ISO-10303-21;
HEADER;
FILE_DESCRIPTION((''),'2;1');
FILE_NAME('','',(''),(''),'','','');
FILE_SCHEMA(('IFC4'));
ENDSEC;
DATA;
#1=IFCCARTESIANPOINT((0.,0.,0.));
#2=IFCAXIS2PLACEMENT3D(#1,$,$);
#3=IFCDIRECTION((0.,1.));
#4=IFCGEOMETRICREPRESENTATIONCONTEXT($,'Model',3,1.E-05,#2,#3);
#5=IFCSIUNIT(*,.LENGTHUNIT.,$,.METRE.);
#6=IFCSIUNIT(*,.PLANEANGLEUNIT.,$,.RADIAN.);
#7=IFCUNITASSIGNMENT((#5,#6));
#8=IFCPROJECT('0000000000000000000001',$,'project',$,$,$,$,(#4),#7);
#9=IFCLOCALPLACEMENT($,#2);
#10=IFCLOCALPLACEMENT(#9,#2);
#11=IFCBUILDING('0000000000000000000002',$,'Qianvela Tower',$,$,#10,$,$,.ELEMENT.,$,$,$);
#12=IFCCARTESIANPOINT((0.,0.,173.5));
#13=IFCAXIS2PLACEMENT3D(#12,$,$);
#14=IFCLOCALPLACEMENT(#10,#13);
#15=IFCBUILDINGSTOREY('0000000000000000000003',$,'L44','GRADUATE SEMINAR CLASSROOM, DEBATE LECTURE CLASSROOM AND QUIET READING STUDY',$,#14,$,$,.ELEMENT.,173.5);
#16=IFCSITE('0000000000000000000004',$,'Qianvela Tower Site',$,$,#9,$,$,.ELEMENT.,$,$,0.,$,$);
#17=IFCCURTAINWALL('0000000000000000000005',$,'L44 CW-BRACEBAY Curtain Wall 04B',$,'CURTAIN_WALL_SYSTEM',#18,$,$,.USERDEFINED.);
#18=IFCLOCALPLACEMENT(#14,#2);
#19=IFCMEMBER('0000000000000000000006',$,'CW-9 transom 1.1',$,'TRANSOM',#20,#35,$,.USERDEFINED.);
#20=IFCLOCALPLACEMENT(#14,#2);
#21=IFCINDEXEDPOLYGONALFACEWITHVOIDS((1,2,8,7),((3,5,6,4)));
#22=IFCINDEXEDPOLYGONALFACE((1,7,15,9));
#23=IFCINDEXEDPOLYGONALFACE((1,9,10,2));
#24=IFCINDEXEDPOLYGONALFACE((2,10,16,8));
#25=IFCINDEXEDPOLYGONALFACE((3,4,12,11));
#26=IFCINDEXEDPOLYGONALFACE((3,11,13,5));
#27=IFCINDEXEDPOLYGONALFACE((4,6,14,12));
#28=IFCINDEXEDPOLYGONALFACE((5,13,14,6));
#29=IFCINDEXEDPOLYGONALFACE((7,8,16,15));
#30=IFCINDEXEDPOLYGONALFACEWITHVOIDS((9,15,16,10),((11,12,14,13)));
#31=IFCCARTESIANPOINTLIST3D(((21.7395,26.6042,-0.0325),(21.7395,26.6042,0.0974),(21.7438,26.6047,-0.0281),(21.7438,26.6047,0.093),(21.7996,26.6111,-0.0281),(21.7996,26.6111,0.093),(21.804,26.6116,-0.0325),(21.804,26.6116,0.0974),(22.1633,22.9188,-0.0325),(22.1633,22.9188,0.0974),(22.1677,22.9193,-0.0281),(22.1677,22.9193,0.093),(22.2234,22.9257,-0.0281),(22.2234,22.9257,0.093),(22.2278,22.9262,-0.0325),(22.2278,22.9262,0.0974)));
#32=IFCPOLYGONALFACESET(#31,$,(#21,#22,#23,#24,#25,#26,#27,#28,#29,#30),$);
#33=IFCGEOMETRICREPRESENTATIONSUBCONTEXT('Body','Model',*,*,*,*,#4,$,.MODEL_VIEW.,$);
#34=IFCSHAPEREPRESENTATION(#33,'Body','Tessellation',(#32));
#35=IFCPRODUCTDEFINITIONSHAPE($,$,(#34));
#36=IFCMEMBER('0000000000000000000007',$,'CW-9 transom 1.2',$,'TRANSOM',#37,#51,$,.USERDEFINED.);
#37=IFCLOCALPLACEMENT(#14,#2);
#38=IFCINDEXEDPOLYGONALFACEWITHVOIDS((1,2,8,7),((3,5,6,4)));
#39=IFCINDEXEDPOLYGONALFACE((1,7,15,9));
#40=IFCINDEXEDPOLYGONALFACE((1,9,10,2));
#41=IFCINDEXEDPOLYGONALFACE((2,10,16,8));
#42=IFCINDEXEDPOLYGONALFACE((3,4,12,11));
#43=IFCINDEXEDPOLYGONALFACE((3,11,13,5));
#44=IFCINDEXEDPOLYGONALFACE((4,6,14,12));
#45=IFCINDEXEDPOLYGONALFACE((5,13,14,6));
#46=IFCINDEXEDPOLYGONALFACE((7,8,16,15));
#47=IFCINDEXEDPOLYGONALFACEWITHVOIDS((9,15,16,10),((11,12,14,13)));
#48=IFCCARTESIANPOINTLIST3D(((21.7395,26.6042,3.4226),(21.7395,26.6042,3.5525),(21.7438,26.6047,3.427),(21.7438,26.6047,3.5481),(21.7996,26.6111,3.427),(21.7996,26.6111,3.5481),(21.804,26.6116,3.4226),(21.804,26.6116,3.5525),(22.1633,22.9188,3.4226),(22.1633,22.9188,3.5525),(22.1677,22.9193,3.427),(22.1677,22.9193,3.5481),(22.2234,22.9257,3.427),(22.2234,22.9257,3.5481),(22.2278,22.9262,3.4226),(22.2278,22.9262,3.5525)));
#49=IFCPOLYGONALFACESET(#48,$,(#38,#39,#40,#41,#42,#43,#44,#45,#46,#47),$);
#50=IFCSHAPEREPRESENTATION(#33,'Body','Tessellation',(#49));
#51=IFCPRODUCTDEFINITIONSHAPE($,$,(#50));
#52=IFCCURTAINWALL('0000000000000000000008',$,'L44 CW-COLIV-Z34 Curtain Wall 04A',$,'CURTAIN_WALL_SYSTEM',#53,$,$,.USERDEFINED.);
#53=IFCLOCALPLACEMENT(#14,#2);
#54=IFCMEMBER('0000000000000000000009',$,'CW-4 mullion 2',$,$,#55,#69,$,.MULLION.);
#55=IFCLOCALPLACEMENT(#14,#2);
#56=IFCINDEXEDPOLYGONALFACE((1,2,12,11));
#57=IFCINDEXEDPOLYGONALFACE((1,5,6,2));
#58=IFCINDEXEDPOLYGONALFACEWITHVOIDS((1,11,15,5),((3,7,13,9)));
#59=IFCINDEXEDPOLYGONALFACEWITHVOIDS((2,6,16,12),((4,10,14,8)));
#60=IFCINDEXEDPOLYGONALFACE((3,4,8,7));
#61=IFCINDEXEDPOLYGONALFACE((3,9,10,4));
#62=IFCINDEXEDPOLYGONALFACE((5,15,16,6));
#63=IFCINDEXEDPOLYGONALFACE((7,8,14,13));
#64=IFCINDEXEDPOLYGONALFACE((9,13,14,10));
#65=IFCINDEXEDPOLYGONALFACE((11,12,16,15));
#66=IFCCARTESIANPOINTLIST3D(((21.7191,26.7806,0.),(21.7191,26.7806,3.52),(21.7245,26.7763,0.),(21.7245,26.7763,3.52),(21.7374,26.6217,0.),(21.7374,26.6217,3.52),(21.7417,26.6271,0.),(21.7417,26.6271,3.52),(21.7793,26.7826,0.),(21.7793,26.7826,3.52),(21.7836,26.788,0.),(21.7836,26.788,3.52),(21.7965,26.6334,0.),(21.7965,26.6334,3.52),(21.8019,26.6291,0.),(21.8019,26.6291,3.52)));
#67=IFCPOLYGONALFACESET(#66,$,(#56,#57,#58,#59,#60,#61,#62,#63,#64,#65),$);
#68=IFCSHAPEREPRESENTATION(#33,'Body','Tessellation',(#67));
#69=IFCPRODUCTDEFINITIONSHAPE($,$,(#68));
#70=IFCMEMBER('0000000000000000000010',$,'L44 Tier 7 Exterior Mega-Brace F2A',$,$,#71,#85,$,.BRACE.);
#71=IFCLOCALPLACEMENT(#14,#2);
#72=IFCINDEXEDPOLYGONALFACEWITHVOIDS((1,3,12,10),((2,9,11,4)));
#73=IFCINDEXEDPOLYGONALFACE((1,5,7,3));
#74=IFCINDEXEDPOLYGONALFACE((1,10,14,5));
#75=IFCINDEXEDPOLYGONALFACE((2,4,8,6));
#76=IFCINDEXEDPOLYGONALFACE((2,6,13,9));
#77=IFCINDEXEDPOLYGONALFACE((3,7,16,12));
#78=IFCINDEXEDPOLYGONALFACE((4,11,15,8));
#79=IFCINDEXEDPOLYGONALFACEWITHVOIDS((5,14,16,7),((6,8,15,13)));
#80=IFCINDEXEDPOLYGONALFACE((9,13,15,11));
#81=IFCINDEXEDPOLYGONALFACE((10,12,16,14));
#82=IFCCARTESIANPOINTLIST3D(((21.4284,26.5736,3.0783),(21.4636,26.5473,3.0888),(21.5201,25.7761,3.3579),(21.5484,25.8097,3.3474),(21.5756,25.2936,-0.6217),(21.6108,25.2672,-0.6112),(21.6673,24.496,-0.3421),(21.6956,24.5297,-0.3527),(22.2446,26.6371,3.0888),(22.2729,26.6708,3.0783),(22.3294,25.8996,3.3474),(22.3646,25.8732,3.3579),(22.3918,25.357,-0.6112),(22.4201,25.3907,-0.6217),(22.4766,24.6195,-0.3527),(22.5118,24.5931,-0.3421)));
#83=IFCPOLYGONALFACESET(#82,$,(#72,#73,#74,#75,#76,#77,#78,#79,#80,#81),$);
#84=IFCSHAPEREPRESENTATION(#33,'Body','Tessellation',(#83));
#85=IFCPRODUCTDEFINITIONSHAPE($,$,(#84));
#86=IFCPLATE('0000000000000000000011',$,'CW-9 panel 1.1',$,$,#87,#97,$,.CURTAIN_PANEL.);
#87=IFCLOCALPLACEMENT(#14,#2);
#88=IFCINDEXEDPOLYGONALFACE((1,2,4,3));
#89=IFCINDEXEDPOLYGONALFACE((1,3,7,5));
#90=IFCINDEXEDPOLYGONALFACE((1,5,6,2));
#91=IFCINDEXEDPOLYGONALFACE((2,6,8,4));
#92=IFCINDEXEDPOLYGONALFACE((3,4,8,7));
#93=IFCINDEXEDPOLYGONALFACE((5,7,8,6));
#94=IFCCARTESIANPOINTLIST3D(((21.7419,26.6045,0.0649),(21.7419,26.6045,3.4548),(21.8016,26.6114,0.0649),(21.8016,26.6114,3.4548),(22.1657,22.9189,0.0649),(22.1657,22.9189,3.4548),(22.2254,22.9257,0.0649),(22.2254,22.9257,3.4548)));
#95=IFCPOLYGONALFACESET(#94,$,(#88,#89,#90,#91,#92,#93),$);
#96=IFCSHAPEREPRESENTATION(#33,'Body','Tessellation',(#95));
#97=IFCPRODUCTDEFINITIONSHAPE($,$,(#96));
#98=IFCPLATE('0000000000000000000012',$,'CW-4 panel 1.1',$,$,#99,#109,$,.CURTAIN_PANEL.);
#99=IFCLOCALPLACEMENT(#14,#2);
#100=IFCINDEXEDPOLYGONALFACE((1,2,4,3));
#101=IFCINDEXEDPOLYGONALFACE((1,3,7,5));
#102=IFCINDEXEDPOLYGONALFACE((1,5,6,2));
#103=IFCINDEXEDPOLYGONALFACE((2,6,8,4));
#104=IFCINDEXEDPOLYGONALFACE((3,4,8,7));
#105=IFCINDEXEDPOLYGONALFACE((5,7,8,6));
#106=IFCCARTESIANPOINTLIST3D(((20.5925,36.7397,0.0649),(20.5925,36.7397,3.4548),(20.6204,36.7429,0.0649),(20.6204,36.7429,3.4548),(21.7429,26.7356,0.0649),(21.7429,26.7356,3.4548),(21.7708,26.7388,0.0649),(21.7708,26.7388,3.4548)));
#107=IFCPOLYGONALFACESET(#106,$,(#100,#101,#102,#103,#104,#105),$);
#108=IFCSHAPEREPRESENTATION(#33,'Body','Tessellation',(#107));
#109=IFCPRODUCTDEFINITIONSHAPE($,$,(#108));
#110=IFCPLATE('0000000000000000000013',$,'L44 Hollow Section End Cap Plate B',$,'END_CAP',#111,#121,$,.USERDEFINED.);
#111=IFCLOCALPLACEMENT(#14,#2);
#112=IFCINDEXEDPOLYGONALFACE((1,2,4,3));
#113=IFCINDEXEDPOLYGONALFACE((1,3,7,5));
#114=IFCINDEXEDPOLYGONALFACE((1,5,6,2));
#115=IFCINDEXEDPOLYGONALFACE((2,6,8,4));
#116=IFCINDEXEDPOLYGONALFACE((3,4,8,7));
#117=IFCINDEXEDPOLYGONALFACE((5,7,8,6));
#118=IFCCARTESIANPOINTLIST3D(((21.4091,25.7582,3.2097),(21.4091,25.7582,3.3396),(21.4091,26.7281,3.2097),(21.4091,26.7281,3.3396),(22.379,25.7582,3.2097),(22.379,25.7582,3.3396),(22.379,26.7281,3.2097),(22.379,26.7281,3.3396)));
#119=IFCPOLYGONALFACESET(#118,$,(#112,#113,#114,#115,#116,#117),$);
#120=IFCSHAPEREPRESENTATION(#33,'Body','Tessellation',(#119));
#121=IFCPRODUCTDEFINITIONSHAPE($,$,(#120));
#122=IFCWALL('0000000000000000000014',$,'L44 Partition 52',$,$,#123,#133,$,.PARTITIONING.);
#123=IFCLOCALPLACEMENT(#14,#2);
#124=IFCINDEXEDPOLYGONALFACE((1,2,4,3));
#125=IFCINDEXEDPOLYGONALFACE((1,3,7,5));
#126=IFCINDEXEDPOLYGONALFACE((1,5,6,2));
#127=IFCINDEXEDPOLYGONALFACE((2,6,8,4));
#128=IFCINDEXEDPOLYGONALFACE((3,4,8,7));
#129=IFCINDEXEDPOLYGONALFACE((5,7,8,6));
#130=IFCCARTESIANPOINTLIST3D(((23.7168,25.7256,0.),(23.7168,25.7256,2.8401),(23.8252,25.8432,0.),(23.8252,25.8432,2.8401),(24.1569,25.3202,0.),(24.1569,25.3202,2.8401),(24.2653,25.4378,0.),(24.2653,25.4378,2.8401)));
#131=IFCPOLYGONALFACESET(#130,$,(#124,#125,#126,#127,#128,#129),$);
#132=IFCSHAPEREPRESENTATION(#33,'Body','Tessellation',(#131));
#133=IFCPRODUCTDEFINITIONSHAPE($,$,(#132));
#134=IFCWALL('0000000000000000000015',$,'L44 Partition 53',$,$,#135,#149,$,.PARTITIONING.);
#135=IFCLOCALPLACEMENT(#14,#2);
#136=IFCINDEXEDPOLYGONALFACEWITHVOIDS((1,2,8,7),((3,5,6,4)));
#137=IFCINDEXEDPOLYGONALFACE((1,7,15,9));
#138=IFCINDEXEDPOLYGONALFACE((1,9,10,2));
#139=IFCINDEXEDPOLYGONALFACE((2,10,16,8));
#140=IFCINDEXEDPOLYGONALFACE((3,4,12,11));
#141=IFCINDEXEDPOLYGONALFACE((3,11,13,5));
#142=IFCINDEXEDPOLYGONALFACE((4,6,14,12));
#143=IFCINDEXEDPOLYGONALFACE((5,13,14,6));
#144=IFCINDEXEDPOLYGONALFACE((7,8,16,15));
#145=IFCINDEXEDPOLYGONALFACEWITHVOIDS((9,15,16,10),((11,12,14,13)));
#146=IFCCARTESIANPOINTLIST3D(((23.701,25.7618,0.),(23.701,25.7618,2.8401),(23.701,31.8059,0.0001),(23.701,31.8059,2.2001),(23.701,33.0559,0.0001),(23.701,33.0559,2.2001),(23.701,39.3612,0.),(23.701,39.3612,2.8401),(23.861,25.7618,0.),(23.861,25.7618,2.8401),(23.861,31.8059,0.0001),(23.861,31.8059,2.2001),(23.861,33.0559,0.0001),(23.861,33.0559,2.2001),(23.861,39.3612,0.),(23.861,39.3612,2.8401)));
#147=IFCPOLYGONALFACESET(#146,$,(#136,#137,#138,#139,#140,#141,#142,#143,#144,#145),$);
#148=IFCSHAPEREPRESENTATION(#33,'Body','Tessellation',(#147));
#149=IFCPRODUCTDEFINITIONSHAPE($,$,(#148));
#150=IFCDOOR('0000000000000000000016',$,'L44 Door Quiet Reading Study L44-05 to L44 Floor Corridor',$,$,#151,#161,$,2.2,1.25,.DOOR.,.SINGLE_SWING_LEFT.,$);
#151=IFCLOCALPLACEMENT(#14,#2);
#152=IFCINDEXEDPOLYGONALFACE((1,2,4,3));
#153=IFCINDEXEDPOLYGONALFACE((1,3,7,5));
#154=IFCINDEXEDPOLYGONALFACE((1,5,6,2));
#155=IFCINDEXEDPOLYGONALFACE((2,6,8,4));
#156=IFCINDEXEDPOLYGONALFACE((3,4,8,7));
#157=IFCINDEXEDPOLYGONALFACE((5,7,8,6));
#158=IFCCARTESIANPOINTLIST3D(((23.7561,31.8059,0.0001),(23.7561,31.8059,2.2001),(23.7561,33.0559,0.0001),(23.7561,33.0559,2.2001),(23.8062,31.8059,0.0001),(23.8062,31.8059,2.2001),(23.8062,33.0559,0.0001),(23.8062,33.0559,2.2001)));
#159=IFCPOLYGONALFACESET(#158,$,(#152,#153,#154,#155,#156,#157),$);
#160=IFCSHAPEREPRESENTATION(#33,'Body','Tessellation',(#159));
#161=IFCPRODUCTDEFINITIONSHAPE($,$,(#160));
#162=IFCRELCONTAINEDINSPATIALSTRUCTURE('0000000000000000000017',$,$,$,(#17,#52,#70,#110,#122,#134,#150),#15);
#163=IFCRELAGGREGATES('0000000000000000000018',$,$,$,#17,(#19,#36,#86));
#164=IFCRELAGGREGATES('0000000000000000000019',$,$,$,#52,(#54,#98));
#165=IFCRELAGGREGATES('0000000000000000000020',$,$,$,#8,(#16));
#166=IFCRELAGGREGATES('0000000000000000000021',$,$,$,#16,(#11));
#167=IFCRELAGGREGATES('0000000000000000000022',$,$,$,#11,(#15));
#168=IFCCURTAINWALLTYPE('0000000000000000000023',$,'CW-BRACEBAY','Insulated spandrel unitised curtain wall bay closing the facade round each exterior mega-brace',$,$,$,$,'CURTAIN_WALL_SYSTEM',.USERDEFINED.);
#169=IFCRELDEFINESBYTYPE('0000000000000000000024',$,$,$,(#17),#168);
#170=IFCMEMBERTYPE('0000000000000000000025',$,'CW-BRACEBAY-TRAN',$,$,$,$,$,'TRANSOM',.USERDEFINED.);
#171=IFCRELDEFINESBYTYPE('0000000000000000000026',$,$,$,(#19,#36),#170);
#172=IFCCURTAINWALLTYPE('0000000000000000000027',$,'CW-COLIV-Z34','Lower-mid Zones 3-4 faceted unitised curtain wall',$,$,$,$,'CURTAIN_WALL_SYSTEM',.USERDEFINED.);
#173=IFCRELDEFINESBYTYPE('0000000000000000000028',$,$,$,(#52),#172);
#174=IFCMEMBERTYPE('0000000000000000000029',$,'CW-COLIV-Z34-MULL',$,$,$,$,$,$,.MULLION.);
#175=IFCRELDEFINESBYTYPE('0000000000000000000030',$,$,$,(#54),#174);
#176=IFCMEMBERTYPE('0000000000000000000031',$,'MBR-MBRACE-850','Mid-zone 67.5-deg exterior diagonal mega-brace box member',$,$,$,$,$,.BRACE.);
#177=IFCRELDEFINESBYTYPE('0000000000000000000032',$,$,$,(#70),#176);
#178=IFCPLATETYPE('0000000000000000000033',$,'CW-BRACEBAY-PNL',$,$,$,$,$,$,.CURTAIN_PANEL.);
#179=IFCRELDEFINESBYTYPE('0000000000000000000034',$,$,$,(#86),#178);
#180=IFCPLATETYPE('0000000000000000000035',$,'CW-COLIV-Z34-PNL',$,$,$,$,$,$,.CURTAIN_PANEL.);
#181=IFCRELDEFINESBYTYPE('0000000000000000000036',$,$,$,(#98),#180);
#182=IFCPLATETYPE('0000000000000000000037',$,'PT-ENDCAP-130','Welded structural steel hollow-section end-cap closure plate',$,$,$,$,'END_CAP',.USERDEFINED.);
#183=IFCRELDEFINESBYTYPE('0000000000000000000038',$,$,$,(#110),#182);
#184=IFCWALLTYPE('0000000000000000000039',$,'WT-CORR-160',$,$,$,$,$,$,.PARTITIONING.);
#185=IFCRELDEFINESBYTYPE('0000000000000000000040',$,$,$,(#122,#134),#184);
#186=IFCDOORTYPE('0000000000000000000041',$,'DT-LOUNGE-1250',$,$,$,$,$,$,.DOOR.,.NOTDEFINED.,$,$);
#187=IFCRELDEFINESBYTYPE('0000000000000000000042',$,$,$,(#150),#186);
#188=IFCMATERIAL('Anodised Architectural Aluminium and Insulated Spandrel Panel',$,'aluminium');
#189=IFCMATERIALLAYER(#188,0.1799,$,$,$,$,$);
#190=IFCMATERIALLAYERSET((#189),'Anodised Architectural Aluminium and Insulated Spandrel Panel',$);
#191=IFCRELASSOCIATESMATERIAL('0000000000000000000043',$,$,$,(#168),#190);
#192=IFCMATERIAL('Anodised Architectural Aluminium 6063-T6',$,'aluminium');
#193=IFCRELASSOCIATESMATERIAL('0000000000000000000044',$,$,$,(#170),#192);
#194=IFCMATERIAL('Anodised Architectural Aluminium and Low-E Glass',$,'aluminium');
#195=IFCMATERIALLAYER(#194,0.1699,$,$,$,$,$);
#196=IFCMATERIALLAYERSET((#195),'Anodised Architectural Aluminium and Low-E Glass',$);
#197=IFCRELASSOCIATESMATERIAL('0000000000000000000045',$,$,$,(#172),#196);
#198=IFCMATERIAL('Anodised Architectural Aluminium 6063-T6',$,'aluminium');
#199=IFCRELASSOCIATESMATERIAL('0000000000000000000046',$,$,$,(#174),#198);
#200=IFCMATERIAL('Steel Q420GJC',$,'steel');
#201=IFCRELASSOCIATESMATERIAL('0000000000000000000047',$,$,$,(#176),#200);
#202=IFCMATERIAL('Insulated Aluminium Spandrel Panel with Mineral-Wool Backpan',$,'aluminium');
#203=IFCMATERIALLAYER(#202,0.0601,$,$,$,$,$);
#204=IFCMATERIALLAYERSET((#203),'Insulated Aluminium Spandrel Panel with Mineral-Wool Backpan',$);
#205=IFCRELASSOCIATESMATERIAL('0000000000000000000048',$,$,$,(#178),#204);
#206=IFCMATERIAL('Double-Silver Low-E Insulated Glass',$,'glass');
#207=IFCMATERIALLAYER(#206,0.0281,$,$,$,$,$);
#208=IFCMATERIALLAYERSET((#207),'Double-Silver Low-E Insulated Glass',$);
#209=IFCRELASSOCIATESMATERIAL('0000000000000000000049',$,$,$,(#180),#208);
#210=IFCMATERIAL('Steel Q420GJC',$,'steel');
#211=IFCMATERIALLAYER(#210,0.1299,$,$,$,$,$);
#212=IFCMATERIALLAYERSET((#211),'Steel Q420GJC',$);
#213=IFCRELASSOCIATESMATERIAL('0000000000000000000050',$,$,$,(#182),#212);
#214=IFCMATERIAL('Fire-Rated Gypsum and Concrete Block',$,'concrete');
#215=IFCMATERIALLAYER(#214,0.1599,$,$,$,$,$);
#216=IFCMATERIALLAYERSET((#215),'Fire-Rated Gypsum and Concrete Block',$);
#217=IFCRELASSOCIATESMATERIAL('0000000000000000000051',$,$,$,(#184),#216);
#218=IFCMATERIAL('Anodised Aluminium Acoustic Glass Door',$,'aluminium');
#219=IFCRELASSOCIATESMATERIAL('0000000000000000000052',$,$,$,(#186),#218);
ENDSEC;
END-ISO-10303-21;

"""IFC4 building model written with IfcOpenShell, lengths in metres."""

from ifc_helpers import new_model, si_unit, direction, frame, frame_2d, origin, origin_2d, place, context, subcontext, project, spatial, rectangle, hollow_rectangle, extrude, material, layer, layer_set, material_profile, profile_set, type_object, element, fill, aggregate, save


model = new_model("IFC4")

# Units and contexts
model_context = context("Model", 3, precision=1e-05, world=origin(), true_north=direction((0.0, 1.0)))
body_context = subcontext(model_context, "Body", "Model", "MODEL_VIEW")
ifc_project = project(units=[si_unit("LENGTHUNIT", "METRE"), si_unit("PLANEANGLEUNIT", "RADIAN")], contexts=[model_context])

# Site, building, storey
site_placement = place(None, origin())
site = spatial("IfcSite", under=ifc_project, at=site_placement, Name="Qianvela Tower Site", CompositionType="ELEMENT", RefElevation=0.0)
building_placement = place(site_placement, origin())
building = spatial("IfcBuilding", under=site, at=building_placement, Name="Qianvela Tower", CompositionType="ELEMENT")
storey_placement = place(building_placement, frame((0.0, 0.0, 173.5)))
storey = spatial("IfcBuildingStorey", under=building, at=storey_placement, Name="L44", Description="GRADUATE SEMINAR CLASSROOM, DEBATE LECTURE CLASSROOM AND QUIET READING STUDY", CompositionType="ELEMENT", Elevation=173.5)

# Curtain wall, members
ifc_material_1 = material(Name="Anodised Architectural Aluminium and Insulated Spandrel Panel", Category="aluminium")
ifc_layer_1 = layer(ifc_material_1, 0.1799)
ifc_layer_set_1 = layer_set([ifc_layer_1], Name="Anodised Architectural Aluminium and Insulated Spandrel Panel")
curtain_wall_type_1 = type_object("IfcCurtainWallType", Name="CW-BRACEBAY", Description="Insulated spandrel unitised curtain wall bay closing the facade round each exterior mega-brace", ElementType="CURTAIN_WALL_SYSTEM", PredefinedType="USERDEFINED", material=ifc_layer_set_1)
curtain_wall_1_placement = place(storey_placement, origin())
curtain_wall_1 = element("IfcCurtainWall", 1, at=curtain_wall_1_placement, inside=storey, type_object=curtain_wall_type_1, Name="L44 CW-BRACEBAY Curtain Wall 04B", ObjectType="CURTAIN_WALL_SYSTEM", PredefinedType="USERDEFINED")
ifc_material_2 = material(Name="Anodised Architectural Aluminium 6063-T6", Category="aluminium")
ifc_material_profile_1 = material_profile(ifc_material_2, hollow_rectangle(XDim=0.0649, YDim=0.1299, WallThickness=0.0044, at=origin_2d()), Name="ALU-TRAN-65x130")
ifc_profile_set_1 = profile_set([ifc_material_profile_1], Name="Anodised Architectural Aluminium 6063-T6")
member_type_1 = type_object("IfcMemberType", Name="CW-BRACEBAY-TRAN", ElementType="TRANSOM", PredefinedType="USERDEFINED", material=ifc_profile_set_1)
member_1_placement = place(storey_placement, frame((21.7717, 26.6079, 0.0325), z_axis=(0.114244, -0.993453, 0.0), x_axis=(0.993453, 0.114244, 0.0)))
member_1 = element("IfcMember", 2, at=member_1_placement, type_object=member_type_1, Name="CW-9 transom 1.1", ObjectType="TRANSOM", PredefinedType="USERDEFINED", context=body_context, shape_type="SweptSolid", body=[
    extrude(hollow_rectangle(XDim=0.0649, YDim=0.1299, WallThickness=0.0044, at=origin_2d()), origin(), (0.0, 0.0, 1.0), 3.7097),
])
member_2_placement = place(storey_placement, frame((21.7717, 26.6079, 3.4875), z_axis=(0.114244, -0.993453, 0.0), x_axis=(0.993453, 0.114244, 0.0)))
member_2 = element("IfcMember", 3, at=member_2_placement, type_object=member_type_1, Name="CW-9 transom 1.2", ObjectType="TRANSOM", PredefinedType="USERDEFINED", context=body_context, shape_type="SweptSolid", body=[
    extrude(hollow_rectangle(XDim=0.0649, YDim=0.1299, WallThickness=0.0044, at=origin_2d()), origin(), (0.0, 0.0, 1.0), 3.7097),
])

# Curtain wall, member
ifc_material_3 = material(Name="Anodised Architectural Aluminium and Low-E Glass", Category="aluminium")
ifc_layer_2 = layer(ifc_material_3, 0.1699)
ifc_layer_set_2 = layer_set([ifc_layer_2], Name="Anodised Architectural Aluminium and Low-E Glass")
curtain_wall_type_2 = type_object("IfcCurtainWallType", Name="CW-COLIV-Z34", Description="Lower-mid Zones 3-4 faceted unitised curtain wall", ElementType="CURTAIN_WALL_SYSTEM", PredefinedType="USERDEFINED", material=ifc_layer_set_2)
curtain_wall_2_placement = place(storey_placement, origin())
curtain_wall_2 = element("IfcCurtainWall", 4, at=curtain_wall_2_placement, inside=storey, type_object=curtain_wall_type_2, Name="L44 CW-COLIV-Z34 Curtain Wall 04A", ObjectType="CURTAIN_WALL_SYSTEM", PredefinedType="USERDEFINED")
ifc_material_4 = material(Name="Anodised Architectural Aluminium 6063-T6", Category="aluminium")
ifc_material_profile_2 = material_profile(ifc_material_4, hollow_rectangle(XDim=0.0649, YDim=0.1599, WallThickness=0.0049, at=origin_2d()), Name="ALU-MULL-65x160")
ifc_profile_set_2 = profile_set([ifc_material_profile_2], Name="Anodised Architectural Aluminium 6063-T6")
member_type_2 = type_object("IfcMemberType", Name="CW-COLIV-Z34-MULL", PredefinedType="MULLION", material=ifc_profile_set_2)
member_3_placement = place(storey_placement, frame((21.7605, 26.7048, 0.0), z_axis=(0.0, 0.0, 1.0), x_axis=(0.993453, 0.114245, 0.0)))
member_3 = element("IfcMember", 5, at=member_3_placement, type_object=member_type_2, Name="CW-4 mullion 2", PredefinedType="MULLION", context=body_context, shape_type="SweptSolid", body=[
    extrude(hollow_rectangle(XDim=0.0649, YDim=0.1599, WallThickness=0.0049, at=origin_2d()), origin(), (0.0, 0.0, 1.0), 3.52),
])

# Member
ifc_material_5 = material(Name="Steel Q420GJC", Category="steel")
ifc_material_profile_3 = material_profile(ifc_material_5, hollow_rectangle(XDim=0.8501, YDim=0.8501, WallThickness=0.032, at=origin_2d()), Name="MBOX-850x850x32")
ifc_profile_set_3 = profile_set([ifc_material_profile_3], Name="Steel Q420GJC")
member_type_3 = type_object("IfcMemberType", Name="MBR-MBRACE-850", Description="Mid-zone 67.5-deg exterior diagonal mega-brace box member", PredefinedType="BRACE", material=ifc_profile_set_3)
member_4_placement = place(storey_placement, frame((22.0437, 24.9434, -0.4819), z_axis=(-0.037576, 0.326715, 0.944376), x_axis=(-0.993451, -0.114257, 0.0)))
element("IfcMember", 6, at=member_4_placement, inside=storey, type_object=member_type_3, Name="L44 Tier 7 Exterior Mega-Brace F2A", PredefinedType="BRACE", context=body_context, shape_type="SweptSolid", body=[
    extrude(hollow_rectangle(XDim=0.8501, YDim=0.8501, WallThickness=0.032, at=origin_2d()), origin(), (0.0, 0.0, 1.0), 3.918),
])

# Plates
ifc_material_6 = material(Name="Insulated Aluminium Spandrel Panel with Mineral-Wool Backpan", Category="aluminium")
ifc_layer_3 = layer(ifc_material_6, 0.0601)
ifc_layer_set_3 = layer_set([ifc_layer_3], Name="Insulated Aluminium Spandrel Panel with Mineral-Wool Backpan")
plate_type_1 = type_object("IfcPlateType", Name="CW-BRACEBAY-PNL", PredefinedType="CURTAIN_PANEL", material=ifc_layer_set_3)
plate_1_placement = place(storey_placement, frame((21.9836, 24.7651, 0.0649), z_axis=(0.0, 0.0, 1.0), x_axis=(0.114244, -0.993453, 0.0)))
plate_1 = element("IfcPlate", 7, at=plate_1_placement, type_object=plate_type_1, Name="CW-9 panel 1.1", PredefinedType="CURTAIN_PANEL", context=body_context, shape_type="SweptSolid", body=[
    extrude(rectangle(XDim=3.71, YDim=0.0601, at=origin_2d()), origin(), (0.0, 0.0, 1.0), 3.3899),
])
aggregate(curtain_wall_1, [member_1, member_2, plate_1])
ifc_material_7 = material(Name="Double-Silver Low-E Insulated Glass", Category="glass")
ifc_layer_4 = layer(ifc_material_7, 0.0281)
ifc_layer_set_4 = layer_set([ifc_layer_4], Name="Double-Silver Low-E Insulated Glass")
plate_type_2 = type_object("IfcPlateType", Name="CW-COLIV-Z34-PNL", PredefinedType="CURTAIN_PANEL", material=ifc_layer_set_4)
plate_2_placement = place(storey_placement, frame((21.1816, 31.7393, 0.0649), z_axis=(0.0, 0.0, 1.0), x_axis=(0.114245, -0.993453, 0.0)))
plate_2 = element("IfcPlate", 8, at=plate_2_placement, type_object=plate_type_2, Name="CW-4 panel 1.1", PredefinedType="CURTAIN_PANEL", context=body_context, shape_type="SweptSolid", body=[
    extrude(rectangle(XDim=10.0701, YDim=0.0281, at=origin_2d()), origin(), (0.0, 0.0, 1.0), 3.3899),
])
aggregate(curtain_wall_2, [member_3, plate_2])
ifc_material_8 = material(Name="Steel Q420GJC", Category="steel")
ifc_layer_5 = layer(ifc_material_8, 0.1299)
ifc_layer_set_5 = layer_set([ifc_layer_5], Name="Steel Q420GJC")
plate_type_3 = type_object("IfcPlateType", Name="PT-ENDCAP-130", Description="Welded structural steel hollow-section end-cap closure plate", ElementType="END_CAP", PredefinedType="USERDEFINED", material=ifc_layer_set_5)
plate_3_placement = place(storey_placement, frame((21.894, 26.2432, 3.2097), z_axis=(0.0, 0.0, 1.0), x_axis=(1.0, 0.0, 0.0)))
element("IfcPlate", 9, at=plate_3_placement, inside=storey, type_object=plate_type_3, Name="L44 Hollow Section End Cap Plate B", ObjectType="END_CAP", PredefinedType="USERDEFINED", context=body_context, shape_type="SweptSolid", body=[
    extrude(rectangle(XDim=0.97, YDim=0.97, at=origin_2d()), origin(), (0.0, 0.0, 1.0), 0.1299),
])

# Wall
ifc_material_9 = material(Name="Fire-Rated Gypsum and Concrete Block", Category="concrete")
ifc_layer_6 = layer(ifc_material_9, 0.1599)
ifc_layer_set_6 = layer_set([ifc_layer_6], Name="Fire-Rated Gypsum and Concrete Block")
wall_type_1 = type_object("IfcWallType", Name="WT-CORR-160", PredefinedType="PARTITIONING", material=ifc_layer_set_6)
wall_1_placement = place(storey_placement, frame((24.2112, 25.3789, 0.0), z_axis=(0.0, 0.0, 1.0), x_axis=(-0.735476, 0.677551, 0.0)))
element("IfcWall", 10, at=wall_1_placement, inside=storey, type_object=wall_type_1, Name="L44 Partition 52", PredefinedType="PARTITIONING", context=body_context, shape_type="SweptSolid", body=[
    extrude(rectangle(XDim=0.5984, YDim=0.1599, at=frame_2d((0.2993, 0.0))), origin(), (0.0, 0.0, 1.0), 2.8401),
])

# Wall, opening, door
wall_2_placement = place(storey_placement, frame((23.781, 25.7617, 0.0), z_axis=(0.0, 0.0, 1.0), x_axis=(0.0, 1.0, 0.0)))
wall_2 = element("IfcWall", 11, at=wall_2_placement, inside=storey, type_object=wall_type_1, Name="L44 Partition 53", PredefinedType="PARTITIONING", context=body_context, shape_type="SweptSolid", body=[
    extrude(rectangle(XDim=13.5994, YDim=0.1599, at=frame_2d((6.7998, 0.0))), origin(), (0.0, 0.0, 1.0), 2.8401),
])
opening_1_placement = place(wall_2_placement, frame((6.0442, 0.0, 0.0)))
opening_1 = element("IfcOpeningElement", 12, at=opening_1_placement, cuts=wall_2, PredefinedType="OPENING", context=body_context, shape_type="SweptSolid", body=[
    extrude(rectangle(XDim=1.25, YDim=2.2, at=frame_2d((0.625, 1.1001))), frame((0.0, 0.0898, 0.0), z_axis=(0.0, -1.0, 0.0), x_axis=(1.0, 0.0, 0.0)), (0.0, 0.0, 1.0), 0.1799),
])
ifc_material_10 = material(Name="Anodised Aluminium Acoustic Glass Door", Category="aluminium")
door_type = type_object("IfcDoorType", Name="DT-LOUNGE-1250", OperationType="NOTDEFINED", PredefinedType="DOOR", material=ifc_material_10)
door_1_placement = place(opening_1_placement, origin())
door_1 = element("IfcDoor", 13, at=door_1_placement, inside=storey, type_object=door_type, Name="L44 Door Quiet Reading Study L44-05 to L44 Floor Corridor", OperationType="SINGLE_SWING_LEFT", OverallHeight=2.2, OverallWidth=1.25, PredefinedType="DOOR", context=body_context, shape_type="SweptSolid", body=[
    extrude(rectangle(XDim=1.25, YDim=2.2, at=frame_2d((0.625, 1.1001))), frame((0.0, 0.0249, 0.0), z_axis=(0.0, -1.0, 0.0), x_axis=(1.0, 0.0, 0.0)), (0.0, 0.0, 1.0), 0.05),
])
fill(opening_1, door_1)

save(model, "model.ifc")
